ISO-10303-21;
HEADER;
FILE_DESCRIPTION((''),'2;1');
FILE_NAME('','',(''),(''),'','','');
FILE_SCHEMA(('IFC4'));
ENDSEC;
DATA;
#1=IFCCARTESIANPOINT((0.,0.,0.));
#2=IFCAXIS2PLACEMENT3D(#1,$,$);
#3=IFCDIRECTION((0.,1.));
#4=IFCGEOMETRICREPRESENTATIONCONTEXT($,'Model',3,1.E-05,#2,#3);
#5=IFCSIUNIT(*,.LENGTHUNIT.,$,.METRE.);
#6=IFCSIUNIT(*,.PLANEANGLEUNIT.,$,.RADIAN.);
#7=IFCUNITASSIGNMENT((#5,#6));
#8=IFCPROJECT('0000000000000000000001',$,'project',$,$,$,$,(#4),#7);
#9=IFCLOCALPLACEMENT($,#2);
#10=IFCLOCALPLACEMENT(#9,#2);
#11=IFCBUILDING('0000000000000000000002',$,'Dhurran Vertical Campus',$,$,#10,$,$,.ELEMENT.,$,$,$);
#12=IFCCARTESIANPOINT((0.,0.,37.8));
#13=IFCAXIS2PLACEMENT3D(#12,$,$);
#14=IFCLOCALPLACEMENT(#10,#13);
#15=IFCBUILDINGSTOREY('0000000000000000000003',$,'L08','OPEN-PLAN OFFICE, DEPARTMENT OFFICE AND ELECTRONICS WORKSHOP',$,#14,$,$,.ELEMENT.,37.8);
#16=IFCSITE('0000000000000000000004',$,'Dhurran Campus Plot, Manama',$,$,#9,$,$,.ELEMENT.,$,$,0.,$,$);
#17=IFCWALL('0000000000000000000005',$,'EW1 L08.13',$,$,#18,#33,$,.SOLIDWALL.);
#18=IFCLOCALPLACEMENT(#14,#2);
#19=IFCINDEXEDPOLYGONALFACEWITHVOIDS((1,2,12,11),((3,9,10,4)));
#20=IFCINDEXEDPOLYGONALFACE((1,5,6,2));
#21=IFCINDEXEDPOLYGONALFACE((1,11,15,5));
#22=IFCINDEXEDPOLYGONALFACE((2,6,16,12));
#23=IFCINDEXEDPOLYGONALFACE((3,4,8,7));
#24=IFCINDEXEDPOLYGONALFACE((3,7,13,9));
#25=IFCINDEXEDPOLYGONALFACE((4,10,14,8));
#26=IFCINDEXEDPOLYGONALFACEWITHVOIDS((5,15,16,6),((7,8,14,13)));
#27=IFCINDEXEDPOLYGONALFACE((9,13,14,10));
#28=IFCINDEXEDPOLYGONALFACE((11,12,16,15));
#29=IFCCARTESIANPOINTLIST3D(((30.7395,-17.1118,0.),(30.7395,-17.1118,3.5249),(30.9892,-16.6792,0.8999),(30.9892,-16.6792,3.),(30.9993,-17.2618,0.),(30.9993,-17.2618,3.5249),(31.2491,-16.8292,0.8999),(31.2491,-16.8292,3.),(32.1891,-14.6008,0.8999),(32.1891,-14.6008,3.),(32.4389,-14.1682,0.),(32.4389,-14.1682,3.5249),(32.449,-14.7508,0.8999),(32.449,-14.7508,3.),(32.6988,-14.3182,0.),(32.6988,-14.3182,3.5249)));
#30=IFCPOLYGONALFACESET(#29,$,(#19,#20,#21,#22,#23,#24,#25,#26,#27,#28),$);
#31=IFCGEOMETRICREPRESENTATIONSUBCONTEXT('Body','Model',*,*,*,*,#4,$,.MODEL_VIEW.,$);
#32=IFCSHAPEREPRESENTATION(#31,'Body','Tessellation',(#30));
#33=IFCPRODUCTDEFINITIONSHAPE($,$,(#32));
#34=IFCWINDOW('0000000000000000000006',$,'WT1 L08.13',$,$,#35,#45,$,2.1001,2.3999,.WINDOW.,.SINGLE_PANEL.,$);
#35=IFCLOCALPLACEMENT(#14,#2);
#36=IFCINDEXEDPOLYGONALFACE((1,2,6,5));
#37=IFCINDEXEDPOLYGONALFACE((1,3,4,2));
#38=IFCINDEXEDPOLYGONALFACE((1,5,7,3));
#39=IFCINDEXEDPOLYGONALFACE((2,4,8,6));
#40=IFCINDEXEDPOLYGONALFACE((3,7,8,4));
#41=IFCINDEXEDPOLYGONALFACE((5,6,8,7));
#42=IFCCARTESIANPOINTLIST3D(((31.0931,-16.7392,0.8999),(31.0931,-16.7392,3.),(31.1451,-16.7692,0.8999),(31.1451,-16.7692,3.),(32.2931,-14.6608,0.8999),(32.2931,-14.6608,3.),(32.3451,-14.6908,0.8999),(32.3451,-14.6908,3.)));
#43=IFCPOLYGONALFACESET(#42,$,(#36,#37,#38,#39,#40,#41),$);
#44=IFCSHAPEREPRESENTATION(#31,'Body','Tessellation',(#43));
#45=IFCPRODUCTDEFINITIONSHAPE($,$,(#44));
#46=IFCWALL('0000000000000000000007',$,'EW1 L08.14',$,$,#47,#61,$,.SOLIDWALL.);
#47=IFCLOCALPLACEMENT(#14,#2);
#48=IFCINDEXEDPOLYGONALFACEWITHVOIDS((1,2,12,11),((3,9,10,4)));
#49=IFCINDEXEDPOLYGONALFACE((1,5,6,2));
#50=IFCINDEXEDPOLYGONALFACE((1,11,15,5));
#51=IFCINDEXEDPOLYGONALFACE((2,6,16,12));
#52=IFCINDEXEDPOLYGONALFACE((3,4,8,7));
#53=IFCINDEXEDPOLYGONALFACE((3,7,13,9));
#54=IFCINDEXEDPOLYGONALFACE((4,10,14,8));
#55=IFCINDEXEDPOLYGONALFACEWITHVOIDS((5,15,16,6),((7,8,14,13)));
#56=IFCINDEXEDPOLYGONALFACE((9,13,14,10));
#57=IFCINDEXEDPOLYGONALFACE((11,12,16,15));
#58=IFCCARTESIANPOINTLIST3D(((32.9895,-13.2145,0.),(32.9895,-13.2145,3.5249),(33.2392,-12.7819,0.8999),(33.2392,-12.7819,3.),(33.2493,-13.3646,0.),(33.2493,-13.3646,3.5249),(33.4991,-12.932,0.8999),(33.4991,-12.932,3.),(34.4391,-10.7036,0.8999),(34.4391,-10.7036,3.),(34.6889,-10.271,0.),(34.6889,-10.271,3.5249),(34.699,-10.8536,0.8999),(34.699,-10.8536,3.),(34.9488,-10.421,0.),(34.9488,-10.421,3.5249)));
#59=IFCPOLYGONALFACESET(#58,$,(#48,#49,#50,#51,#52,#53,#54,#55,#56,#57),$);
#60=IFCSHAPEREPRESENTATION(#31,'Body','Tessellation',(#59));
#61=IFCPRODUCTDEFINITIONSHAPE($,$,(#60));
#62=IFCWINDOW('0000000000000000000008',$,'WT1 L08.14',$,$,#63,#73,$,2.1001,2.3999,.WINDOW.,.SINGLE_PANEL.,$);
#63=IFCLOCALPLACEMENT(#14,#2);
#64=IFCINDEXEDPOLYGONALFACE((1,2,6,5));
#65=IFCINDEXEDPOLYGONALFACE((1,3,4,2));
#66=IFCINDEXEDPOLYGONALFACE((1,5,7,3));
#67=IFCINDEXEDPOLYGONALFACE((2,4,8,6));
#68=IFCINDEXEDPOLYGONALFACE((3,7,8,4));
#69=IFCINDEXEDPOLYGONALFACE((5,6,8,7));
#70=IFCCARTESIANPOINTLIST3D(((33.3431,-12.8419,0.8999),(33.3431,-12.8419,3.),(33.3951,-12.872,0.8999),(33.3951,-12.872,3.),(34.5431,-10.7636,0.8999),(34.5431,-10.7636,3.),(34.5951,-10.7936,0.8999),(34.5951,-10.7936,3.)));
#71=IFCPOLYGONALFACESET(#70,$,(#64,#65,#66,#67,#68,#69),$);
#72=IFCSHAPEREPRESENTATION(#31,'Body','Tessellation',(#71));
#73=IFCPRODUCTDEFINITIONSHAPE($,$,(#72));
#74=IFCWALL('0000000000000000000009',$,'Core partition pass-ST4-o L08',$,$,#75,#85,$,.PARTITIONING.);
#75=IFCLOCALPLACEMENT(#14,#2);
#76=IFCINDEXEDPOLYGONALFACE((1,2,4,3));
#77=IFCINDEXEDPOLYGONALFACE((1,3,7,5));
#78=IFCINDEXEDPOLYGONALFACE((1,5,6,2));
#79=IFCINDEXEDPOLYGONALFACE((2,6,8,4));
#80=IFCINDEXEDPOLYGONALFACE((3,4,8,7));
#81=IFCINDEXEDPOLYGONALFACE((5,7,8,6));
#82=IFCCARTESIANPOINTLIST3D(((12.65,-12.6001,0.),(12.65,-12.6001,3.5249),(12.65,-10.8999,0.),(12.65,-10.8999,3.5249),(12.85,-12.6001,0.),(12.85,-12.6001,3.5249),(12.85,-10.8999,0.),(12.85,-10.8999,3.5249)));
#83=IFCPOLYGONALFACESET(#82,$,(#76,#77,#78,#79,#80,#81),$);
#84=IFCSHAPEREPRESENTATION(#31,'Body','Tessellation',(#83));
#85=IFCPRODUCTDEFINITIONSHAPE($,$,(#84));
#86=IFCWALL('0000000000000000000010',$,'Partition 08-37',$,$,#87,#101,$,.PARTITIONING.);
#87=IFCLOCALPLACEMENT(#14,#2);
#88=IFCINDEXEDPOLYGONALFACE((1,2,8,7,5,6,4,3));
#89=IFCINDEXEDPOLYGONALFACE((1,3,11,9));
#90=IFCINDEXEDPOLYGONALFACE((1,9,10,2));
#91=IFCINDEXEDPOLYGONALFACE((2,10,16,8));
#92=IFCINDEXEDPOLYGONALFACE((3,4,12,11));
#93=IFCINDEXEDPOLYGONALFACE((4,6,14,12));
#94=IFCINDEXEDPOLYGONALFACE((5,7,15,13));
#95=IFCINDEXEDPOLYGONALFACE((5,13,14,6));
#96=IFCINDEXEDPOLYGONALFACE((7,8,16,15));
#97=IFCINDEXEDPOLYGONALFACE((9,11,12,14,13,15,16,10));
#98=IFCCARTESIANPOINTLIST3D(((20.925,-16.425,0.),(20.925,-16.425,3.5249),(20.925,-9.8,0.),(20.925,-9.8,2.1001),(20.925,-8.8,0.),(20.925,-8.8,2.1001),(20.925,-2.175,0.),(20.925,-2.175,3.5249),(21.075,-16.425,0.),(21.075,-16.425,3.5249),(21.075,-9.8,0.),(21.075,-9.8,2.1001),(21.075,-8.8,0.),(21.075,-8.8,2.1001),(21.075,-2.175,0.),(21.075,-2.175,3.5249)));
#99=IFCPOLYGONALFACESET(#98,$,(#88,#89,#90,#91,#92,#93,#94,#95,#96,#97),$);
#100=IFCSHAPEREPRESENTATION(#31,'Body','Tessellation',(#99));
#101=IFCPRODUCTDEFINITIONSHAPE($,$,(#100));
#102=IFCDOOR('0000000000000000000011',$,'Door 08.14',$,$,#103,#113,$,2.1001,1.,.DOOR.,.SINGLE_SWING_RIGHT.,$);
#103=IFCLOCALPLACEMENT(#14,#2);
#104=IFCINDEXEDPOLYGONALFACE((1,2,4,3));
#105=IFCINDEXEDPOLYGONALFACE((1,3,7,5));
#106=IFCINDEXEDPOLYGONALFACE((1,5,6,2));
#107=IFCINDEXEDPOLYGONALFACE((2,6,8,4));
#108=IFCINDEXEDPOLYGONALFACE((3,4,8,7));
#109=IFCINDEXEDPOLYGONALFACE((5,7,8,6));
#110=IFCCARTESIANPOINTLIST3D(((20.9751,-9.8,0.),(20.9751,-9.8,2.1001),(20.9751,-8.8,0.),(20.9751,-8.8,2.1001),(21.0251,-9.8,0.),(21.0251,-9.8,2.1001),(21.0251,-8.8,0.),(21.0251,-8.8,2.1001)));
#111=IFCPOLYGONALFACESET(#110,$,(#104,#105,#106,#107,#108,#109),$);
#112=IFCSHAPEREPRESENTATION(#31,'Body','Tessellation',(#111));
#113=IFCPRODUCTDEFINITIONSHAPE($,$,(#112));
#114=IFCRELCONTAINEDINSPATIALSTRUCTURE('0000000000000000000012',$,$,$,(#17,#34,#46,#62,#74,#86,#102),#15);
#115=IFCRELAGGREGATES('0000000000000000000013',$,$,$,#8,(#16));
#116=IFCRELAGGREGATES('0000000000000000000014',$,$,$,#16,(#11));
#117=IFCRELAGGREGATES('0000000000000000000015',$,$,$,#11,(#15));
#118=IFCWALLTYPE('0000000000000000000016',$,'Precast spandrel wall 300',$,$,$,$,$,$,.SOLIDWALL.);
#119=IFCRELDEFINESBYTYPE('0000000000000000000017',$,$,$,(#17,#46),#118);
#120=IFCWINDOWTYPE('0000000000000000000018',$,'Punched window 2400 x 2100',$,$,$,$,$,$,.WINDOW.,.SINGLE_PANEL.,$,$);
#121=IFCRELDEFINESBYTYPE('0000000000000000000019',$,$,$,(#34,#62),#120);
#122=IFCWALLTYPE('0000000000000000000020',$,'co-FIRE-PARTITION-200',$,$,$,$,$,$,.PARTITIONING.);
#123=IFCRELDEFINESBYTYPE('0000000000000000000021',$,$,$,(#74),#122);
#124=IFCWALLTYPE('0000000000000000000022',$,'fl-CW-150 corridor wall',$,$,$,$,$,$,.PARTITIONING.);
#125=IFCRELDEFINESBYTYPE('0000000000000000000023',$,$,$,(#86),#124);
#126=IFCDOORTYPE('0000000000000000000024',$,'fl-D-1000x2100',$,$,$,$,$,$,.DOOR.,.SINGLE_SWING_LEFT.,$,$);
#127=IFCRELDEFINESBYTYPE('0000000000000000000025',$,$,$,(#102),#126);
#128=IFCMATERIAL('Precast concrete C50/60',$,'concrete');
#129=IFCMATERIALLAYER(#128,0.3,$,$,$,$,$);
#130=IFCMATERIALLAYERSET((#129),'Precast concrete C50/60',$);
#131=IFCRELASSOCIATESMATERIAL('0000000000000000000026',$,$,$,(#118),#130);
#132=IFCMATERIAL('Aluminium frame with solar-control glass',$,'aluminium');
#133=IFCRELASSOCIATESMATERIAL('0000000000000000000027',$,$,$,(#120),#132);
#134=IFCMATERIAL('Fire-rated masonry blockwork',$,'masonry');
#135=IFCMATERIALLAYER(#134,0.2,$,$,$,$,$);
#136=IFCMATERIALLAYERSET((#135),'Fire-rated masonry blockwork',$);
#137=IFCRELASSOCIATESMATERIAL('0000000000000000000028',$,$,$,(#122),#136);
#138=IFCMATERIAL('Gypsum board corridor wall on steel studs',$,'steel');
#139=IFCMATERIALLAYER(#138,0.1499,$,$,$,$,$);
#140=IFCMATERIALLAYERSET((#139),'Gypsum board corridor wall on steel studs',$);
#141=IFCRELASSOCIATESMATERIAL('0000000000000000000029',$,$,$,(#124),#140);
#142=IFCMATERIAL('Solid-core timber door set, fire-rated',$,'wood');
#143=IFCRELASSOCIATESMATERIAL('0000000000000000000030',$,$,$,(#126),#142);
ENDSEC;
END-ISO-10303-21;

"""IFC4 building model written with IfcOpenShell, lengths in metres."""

from ifc_helpers import new_model, si_unit, direction, frame, frame_2d, origin, place, context, subcontext, project, spatial, rectangle, extrude, material, layer, layer_set, type_object, element, fill, save


model = new_model("IFC4")

# Units and contexts
model_context = context("Model", 3, precision=1e-05, world=origin(), true_north=direction((0.0, 1.0)))
body_context = subcontext(model_context, "Body", "Model", "MODEL_VIEW")
ifc_project = project(units=[si_unit("LENGTHUNIT", "METRE"), si_unit("PLANEANGLEUNIT", "RADIAN")], contexts=[model_context])

# Site, building, storey
site_placement = place(None, origin())
site = spatial("IfcSite", under=ifc_project, at=site_placement, Name="Dhurran Campus Plot, Manama", CompositionType="ELEMENT", RefElevation=0.0)
building_placement = place(site_placement, origin())
building = spatial("IfcBuilding", under=site, at=building_placement, Name="Dhurran Vertical Campus", CompositionType="ELEMENT")
storey_placement = place(building_placement, frame((0.0, 0.0, 37.8)))
storey = spatial("IfcBuildingStorey", under=building, at=storey_placement, Name="L08", Description="OPEN-PLAN OFFICE, DEPARTMENT OFFICE AND ELECTRONICS WORKSHOP", CompositionType="ELEMENT", Elevation=37.8)

# Walls, openings, windows
ifc_material_1 = material(Name="Precast concrete C50/60", Category="concrete")
ifc_layer_1 = layer(ifc_material_1, 0.3)
ifc_layer_set_1 = layer_set([ifc_layer_1], Name="Precast concrete C50/60")
wall_type_1 = type_object("IfcWallType", Name="Precast spandrel wall 300", PredefinedType="SOLIDWALL", material=ifc_layer_set_1)
ifc_material_2 = material(Name="Aluminium frame with solar-control glass", Category="aluminium")
window_type = type_object("IfcWindowType", Name="Punched window 2400 x 2100", PartitioningType="SINGLE_PANEL", PredefinedType="WINDOW", material=ifc_material_2)
wall_1_placement = place(storey_placement, frame((30.8694, -17.1868, 0.0), z_axis=(0.0, 0.0, 1.0), x_axis=(0.499994, 0.866029, 0.0)))
wall_1 = element("IfcWall", 1, at=wall_1_placement, inside=storey, type_object=wall_type_1, Name="EW1 L08.13", PredefinedType="SOLIDWALL", context=body_context, shape_type="SweptSolid", body=[
    extrude(rectangle(XDim=3.3989, YDim=0.3, at=frame_2d((1.6995, 0.0))), origin(), (0.0, 0.0, 1.0), 3.5249),
])
opening_1_placement = place(wall_1_placement, frame((0.4995, 0.0, 0.8999)))
opening_1 = element("IfcOpeningElement", 2, at=opening_1_placement, cuts=wall_1, PredefinedType="OPENING", context=body_context, shape_type="SweptSolid", body=[
    extrude(rectangle(XDim=2.3999, YDim=2.1001, at=frame_2d((1.2, 1.05))), frame((0.0, 0.1599, 0.0), z_axis=(0.0, -1.0, 0.0), x_axis=(1.0, 0.0, 0.0)), (0.0, 0.0, 1.0), 0.3201),
])
window_1_placement = place(opening_1_placement, origin())
window_1 = element("IfcWindow", 3, at=window_1_placement, inside=storey, type_object=window_type, Name="WT1 L08.13", OverallHeight=2.1001, OverallWidth=2.3999, PartitioningType="SINGLE_PANEL", PredefinedType="WINDOW", context=body_context, shape_type="SweptSolid", body=[
    extrude(rectangle(XDim=2.3999, YDim=2.1001, at=frame_2d((1.2, 1.05))), frame((0.0, 0.03, 0.0), z_axis=(0.0, -1.0, 0.0), x_axis=(1.0, 0.0, 0.0)), (0.0, 0.0, 1.0), 0.0601),
])
fill(opening_1, window_1)
wall_2_placement = place(storey_placement, frame((33.1194, -13.2896, 0.0), z_axis=(0.0, 0.0, 1.0), x_axis=(0.499994, 0.866029, 0.0)))
wall_2 = element("IfcWall", 4, at=wall_2_placement, inside=storey, type_object=wall_type_1, Name="EW1 L08.14", PredefinedType="SOLIDWALL", context=body_context, shape_type="SweptSolid", body=[
    extrude(rectangle(XDim=3.3989, YDim=0.3, at=frame_2d((1.6995, 0.0))), origin(), (0.0, 0.0, 1.0), 3.5249),
])
opening_2_placement = place(wall_2_placement, frame((0.4995, 0.0, 0.8999)))
opening_2 = element("IfcOpeningElement", 5, at=opening_2_placement, cuts=wall_2, PredefinedType="OPENING", context=body_context, shape_type="SweptSolid", body=[
    extrude(rectangle(XDim=2.3999, YDim=2.1001, at=frame_2d((1.2, 1.05))), frame((0.0, 0.1599, 0.0), z_axis=(0.0, -1.0, 0.0), x_axis=(1.0, 0.0, 0.0)), (0.0, 0.0, 1.0), 0.3201),
])
window_2_placement = place(opening_2_placement, origin())
window_2 = element("IfcWindow", 6, at=window_2_placement, inside=storey, type_object=window_type, Name="WT1 L08.14", OverallHeight=2.1001, OverallWidth=2.3999, PartitioningType="SINGLE_PANEL", PredefinedType="WINDOW", context=body_context, shape_type="SweptSolid", body=[
    extrude(rectangle(XDim=2.3999, YDim=2.1001, at=frame_2d((1.2, 1.05))), frame((0.0, 0.03, 0.0), z_axis=(0.0, -1.0, 0.0), x_axis=(1.0, 0.0, 0.0)), (0.0, 0.0, 1.0), 0.0601),
])
fill(opening_2, window_2)

# Wall
ifc_material_3 = material(Name="Fire-rated masonry blockwork", Category="masonry")
ifc_layer_2 = layer(ifc_material_3, 0.2)
ifc_layer_set_2 = layer_set([ifc_layer_2], Name="Fire-rated masonry blockwork")
wall_type_2 = type_object("IfcWallType", Name="co-FIRE-PARTITION-200", PredefinedType="PARTITIONING", material=ifc_layer_set_2)
wall_3_placement = place(storey_placement, frame((12.75, -12.6001, 0.0), z_axis=(0.0, 0.0, 1.0), x_axis=(0.0, 1.0, 0.0)))
element("IfcWall", 7, at=wall_3_placement, inside=storey, type_object=wall_type_2, Name="Core partition pass-ST4-o L08", PredefinedType="PARTITIONING", context=body_context, shape_type="SweptSolid", body=[
    extrude(rectangle(XDim=1.7002, YDim=0.2, at=frame_2d((0.8501, 0.0))), origin(), (0.0, 0.0, 1.0), 3.5249),
])

# Wall, opening, door
ifc_material_4 = material(Name="Gypsum board corridor wall on steel studs", Category="steel")
ifc_layer_3 = layer(ifc_material_4, 0.1499)
ifc_layer_set_3 = layer_set([ifc_layer_3], Name="Gypsum board corridor wall on steel studs")
wall_type_3 = type_object("IfcWallType", Name="fl-CW-150 corridor wall", PredefinedType="PARTITIONING", material=ifc_layer_set_3)
wall_4_placement = place(storey_placement, frame((21.0, -16.425, 0.0), z_axis=(0.0, 0.0, 1.0), x_axis=(0.0, 1.0, 0.0)))
wall_4 = element("IfcWall", 8, at=wall_4_placement, inside=storey, type_object=wall_type_3, Name="Partition 08-37", PredefinedType="PARTITIONING", context=body_context, shape_type="SweptSolid", body=[
    extrude(rectangle(XDim=14.25, YDim=0.1499, at=frame_2d((7.125, 0.0))), origin(), (0.0, 0.0, 1.0), 3.5249),
])
opening_3_placement = place(wall_4_placement, frame((6.625, 0.0, 0.0)))
opening_3 = element("IfcOpeningElement", 9, at=opening_3_placement, cuts=wall_4, PredefinedType="OPENING", context=body_context, shape_type="SweptSolid", body=[
    extrude(rectangle(XDim=1.0, YDim=2.1001, at=frame_2d((0.5, 1.05))), frame((0.0, 0.085, 0.0), z_axis=(0.0, -1.0, 0.0), x_axis=(1.0, 0.0, 0.0)), (0.0, 0.0, 1.0), 0.1699),
])
ifc_material_5 = material(Name="Solid-core timber door set, fire-rated", Category="wood")
door_type = type_object("IfcDoorType", Name="fl-D-1000x2100", OperationType="SINGLE_SWING_LEFT", PredefinedType="DOOR", material=ifc_material_5)
door_placement = place(opening_3_placement, origin())
door = element("IfcDoor", 10, at=door_placement, inside=storey, type_object=door_type, Name="Door 08.14", OperationType="SINGLE_SWING_RIGHT", OverallHeight=2.1001, OverallWidth=1.0, PredefinedType="DOOR", context=body_context, shape_type="SweptSolid", body=[
    extrude(rectangle(XDim=1.0, YDim=2.1001, at=frame_2d((0.5, 1.05))), frame((0.0, 0.0249, 0.0), z_axis=(0.0, -1.0, 0.0), x_axis=(1.0, 0.0, 0.0)), (0.0, 0.0, 1.0), 0.05),
])
fill(opening_3, door)

save(model, "model.ifc")
